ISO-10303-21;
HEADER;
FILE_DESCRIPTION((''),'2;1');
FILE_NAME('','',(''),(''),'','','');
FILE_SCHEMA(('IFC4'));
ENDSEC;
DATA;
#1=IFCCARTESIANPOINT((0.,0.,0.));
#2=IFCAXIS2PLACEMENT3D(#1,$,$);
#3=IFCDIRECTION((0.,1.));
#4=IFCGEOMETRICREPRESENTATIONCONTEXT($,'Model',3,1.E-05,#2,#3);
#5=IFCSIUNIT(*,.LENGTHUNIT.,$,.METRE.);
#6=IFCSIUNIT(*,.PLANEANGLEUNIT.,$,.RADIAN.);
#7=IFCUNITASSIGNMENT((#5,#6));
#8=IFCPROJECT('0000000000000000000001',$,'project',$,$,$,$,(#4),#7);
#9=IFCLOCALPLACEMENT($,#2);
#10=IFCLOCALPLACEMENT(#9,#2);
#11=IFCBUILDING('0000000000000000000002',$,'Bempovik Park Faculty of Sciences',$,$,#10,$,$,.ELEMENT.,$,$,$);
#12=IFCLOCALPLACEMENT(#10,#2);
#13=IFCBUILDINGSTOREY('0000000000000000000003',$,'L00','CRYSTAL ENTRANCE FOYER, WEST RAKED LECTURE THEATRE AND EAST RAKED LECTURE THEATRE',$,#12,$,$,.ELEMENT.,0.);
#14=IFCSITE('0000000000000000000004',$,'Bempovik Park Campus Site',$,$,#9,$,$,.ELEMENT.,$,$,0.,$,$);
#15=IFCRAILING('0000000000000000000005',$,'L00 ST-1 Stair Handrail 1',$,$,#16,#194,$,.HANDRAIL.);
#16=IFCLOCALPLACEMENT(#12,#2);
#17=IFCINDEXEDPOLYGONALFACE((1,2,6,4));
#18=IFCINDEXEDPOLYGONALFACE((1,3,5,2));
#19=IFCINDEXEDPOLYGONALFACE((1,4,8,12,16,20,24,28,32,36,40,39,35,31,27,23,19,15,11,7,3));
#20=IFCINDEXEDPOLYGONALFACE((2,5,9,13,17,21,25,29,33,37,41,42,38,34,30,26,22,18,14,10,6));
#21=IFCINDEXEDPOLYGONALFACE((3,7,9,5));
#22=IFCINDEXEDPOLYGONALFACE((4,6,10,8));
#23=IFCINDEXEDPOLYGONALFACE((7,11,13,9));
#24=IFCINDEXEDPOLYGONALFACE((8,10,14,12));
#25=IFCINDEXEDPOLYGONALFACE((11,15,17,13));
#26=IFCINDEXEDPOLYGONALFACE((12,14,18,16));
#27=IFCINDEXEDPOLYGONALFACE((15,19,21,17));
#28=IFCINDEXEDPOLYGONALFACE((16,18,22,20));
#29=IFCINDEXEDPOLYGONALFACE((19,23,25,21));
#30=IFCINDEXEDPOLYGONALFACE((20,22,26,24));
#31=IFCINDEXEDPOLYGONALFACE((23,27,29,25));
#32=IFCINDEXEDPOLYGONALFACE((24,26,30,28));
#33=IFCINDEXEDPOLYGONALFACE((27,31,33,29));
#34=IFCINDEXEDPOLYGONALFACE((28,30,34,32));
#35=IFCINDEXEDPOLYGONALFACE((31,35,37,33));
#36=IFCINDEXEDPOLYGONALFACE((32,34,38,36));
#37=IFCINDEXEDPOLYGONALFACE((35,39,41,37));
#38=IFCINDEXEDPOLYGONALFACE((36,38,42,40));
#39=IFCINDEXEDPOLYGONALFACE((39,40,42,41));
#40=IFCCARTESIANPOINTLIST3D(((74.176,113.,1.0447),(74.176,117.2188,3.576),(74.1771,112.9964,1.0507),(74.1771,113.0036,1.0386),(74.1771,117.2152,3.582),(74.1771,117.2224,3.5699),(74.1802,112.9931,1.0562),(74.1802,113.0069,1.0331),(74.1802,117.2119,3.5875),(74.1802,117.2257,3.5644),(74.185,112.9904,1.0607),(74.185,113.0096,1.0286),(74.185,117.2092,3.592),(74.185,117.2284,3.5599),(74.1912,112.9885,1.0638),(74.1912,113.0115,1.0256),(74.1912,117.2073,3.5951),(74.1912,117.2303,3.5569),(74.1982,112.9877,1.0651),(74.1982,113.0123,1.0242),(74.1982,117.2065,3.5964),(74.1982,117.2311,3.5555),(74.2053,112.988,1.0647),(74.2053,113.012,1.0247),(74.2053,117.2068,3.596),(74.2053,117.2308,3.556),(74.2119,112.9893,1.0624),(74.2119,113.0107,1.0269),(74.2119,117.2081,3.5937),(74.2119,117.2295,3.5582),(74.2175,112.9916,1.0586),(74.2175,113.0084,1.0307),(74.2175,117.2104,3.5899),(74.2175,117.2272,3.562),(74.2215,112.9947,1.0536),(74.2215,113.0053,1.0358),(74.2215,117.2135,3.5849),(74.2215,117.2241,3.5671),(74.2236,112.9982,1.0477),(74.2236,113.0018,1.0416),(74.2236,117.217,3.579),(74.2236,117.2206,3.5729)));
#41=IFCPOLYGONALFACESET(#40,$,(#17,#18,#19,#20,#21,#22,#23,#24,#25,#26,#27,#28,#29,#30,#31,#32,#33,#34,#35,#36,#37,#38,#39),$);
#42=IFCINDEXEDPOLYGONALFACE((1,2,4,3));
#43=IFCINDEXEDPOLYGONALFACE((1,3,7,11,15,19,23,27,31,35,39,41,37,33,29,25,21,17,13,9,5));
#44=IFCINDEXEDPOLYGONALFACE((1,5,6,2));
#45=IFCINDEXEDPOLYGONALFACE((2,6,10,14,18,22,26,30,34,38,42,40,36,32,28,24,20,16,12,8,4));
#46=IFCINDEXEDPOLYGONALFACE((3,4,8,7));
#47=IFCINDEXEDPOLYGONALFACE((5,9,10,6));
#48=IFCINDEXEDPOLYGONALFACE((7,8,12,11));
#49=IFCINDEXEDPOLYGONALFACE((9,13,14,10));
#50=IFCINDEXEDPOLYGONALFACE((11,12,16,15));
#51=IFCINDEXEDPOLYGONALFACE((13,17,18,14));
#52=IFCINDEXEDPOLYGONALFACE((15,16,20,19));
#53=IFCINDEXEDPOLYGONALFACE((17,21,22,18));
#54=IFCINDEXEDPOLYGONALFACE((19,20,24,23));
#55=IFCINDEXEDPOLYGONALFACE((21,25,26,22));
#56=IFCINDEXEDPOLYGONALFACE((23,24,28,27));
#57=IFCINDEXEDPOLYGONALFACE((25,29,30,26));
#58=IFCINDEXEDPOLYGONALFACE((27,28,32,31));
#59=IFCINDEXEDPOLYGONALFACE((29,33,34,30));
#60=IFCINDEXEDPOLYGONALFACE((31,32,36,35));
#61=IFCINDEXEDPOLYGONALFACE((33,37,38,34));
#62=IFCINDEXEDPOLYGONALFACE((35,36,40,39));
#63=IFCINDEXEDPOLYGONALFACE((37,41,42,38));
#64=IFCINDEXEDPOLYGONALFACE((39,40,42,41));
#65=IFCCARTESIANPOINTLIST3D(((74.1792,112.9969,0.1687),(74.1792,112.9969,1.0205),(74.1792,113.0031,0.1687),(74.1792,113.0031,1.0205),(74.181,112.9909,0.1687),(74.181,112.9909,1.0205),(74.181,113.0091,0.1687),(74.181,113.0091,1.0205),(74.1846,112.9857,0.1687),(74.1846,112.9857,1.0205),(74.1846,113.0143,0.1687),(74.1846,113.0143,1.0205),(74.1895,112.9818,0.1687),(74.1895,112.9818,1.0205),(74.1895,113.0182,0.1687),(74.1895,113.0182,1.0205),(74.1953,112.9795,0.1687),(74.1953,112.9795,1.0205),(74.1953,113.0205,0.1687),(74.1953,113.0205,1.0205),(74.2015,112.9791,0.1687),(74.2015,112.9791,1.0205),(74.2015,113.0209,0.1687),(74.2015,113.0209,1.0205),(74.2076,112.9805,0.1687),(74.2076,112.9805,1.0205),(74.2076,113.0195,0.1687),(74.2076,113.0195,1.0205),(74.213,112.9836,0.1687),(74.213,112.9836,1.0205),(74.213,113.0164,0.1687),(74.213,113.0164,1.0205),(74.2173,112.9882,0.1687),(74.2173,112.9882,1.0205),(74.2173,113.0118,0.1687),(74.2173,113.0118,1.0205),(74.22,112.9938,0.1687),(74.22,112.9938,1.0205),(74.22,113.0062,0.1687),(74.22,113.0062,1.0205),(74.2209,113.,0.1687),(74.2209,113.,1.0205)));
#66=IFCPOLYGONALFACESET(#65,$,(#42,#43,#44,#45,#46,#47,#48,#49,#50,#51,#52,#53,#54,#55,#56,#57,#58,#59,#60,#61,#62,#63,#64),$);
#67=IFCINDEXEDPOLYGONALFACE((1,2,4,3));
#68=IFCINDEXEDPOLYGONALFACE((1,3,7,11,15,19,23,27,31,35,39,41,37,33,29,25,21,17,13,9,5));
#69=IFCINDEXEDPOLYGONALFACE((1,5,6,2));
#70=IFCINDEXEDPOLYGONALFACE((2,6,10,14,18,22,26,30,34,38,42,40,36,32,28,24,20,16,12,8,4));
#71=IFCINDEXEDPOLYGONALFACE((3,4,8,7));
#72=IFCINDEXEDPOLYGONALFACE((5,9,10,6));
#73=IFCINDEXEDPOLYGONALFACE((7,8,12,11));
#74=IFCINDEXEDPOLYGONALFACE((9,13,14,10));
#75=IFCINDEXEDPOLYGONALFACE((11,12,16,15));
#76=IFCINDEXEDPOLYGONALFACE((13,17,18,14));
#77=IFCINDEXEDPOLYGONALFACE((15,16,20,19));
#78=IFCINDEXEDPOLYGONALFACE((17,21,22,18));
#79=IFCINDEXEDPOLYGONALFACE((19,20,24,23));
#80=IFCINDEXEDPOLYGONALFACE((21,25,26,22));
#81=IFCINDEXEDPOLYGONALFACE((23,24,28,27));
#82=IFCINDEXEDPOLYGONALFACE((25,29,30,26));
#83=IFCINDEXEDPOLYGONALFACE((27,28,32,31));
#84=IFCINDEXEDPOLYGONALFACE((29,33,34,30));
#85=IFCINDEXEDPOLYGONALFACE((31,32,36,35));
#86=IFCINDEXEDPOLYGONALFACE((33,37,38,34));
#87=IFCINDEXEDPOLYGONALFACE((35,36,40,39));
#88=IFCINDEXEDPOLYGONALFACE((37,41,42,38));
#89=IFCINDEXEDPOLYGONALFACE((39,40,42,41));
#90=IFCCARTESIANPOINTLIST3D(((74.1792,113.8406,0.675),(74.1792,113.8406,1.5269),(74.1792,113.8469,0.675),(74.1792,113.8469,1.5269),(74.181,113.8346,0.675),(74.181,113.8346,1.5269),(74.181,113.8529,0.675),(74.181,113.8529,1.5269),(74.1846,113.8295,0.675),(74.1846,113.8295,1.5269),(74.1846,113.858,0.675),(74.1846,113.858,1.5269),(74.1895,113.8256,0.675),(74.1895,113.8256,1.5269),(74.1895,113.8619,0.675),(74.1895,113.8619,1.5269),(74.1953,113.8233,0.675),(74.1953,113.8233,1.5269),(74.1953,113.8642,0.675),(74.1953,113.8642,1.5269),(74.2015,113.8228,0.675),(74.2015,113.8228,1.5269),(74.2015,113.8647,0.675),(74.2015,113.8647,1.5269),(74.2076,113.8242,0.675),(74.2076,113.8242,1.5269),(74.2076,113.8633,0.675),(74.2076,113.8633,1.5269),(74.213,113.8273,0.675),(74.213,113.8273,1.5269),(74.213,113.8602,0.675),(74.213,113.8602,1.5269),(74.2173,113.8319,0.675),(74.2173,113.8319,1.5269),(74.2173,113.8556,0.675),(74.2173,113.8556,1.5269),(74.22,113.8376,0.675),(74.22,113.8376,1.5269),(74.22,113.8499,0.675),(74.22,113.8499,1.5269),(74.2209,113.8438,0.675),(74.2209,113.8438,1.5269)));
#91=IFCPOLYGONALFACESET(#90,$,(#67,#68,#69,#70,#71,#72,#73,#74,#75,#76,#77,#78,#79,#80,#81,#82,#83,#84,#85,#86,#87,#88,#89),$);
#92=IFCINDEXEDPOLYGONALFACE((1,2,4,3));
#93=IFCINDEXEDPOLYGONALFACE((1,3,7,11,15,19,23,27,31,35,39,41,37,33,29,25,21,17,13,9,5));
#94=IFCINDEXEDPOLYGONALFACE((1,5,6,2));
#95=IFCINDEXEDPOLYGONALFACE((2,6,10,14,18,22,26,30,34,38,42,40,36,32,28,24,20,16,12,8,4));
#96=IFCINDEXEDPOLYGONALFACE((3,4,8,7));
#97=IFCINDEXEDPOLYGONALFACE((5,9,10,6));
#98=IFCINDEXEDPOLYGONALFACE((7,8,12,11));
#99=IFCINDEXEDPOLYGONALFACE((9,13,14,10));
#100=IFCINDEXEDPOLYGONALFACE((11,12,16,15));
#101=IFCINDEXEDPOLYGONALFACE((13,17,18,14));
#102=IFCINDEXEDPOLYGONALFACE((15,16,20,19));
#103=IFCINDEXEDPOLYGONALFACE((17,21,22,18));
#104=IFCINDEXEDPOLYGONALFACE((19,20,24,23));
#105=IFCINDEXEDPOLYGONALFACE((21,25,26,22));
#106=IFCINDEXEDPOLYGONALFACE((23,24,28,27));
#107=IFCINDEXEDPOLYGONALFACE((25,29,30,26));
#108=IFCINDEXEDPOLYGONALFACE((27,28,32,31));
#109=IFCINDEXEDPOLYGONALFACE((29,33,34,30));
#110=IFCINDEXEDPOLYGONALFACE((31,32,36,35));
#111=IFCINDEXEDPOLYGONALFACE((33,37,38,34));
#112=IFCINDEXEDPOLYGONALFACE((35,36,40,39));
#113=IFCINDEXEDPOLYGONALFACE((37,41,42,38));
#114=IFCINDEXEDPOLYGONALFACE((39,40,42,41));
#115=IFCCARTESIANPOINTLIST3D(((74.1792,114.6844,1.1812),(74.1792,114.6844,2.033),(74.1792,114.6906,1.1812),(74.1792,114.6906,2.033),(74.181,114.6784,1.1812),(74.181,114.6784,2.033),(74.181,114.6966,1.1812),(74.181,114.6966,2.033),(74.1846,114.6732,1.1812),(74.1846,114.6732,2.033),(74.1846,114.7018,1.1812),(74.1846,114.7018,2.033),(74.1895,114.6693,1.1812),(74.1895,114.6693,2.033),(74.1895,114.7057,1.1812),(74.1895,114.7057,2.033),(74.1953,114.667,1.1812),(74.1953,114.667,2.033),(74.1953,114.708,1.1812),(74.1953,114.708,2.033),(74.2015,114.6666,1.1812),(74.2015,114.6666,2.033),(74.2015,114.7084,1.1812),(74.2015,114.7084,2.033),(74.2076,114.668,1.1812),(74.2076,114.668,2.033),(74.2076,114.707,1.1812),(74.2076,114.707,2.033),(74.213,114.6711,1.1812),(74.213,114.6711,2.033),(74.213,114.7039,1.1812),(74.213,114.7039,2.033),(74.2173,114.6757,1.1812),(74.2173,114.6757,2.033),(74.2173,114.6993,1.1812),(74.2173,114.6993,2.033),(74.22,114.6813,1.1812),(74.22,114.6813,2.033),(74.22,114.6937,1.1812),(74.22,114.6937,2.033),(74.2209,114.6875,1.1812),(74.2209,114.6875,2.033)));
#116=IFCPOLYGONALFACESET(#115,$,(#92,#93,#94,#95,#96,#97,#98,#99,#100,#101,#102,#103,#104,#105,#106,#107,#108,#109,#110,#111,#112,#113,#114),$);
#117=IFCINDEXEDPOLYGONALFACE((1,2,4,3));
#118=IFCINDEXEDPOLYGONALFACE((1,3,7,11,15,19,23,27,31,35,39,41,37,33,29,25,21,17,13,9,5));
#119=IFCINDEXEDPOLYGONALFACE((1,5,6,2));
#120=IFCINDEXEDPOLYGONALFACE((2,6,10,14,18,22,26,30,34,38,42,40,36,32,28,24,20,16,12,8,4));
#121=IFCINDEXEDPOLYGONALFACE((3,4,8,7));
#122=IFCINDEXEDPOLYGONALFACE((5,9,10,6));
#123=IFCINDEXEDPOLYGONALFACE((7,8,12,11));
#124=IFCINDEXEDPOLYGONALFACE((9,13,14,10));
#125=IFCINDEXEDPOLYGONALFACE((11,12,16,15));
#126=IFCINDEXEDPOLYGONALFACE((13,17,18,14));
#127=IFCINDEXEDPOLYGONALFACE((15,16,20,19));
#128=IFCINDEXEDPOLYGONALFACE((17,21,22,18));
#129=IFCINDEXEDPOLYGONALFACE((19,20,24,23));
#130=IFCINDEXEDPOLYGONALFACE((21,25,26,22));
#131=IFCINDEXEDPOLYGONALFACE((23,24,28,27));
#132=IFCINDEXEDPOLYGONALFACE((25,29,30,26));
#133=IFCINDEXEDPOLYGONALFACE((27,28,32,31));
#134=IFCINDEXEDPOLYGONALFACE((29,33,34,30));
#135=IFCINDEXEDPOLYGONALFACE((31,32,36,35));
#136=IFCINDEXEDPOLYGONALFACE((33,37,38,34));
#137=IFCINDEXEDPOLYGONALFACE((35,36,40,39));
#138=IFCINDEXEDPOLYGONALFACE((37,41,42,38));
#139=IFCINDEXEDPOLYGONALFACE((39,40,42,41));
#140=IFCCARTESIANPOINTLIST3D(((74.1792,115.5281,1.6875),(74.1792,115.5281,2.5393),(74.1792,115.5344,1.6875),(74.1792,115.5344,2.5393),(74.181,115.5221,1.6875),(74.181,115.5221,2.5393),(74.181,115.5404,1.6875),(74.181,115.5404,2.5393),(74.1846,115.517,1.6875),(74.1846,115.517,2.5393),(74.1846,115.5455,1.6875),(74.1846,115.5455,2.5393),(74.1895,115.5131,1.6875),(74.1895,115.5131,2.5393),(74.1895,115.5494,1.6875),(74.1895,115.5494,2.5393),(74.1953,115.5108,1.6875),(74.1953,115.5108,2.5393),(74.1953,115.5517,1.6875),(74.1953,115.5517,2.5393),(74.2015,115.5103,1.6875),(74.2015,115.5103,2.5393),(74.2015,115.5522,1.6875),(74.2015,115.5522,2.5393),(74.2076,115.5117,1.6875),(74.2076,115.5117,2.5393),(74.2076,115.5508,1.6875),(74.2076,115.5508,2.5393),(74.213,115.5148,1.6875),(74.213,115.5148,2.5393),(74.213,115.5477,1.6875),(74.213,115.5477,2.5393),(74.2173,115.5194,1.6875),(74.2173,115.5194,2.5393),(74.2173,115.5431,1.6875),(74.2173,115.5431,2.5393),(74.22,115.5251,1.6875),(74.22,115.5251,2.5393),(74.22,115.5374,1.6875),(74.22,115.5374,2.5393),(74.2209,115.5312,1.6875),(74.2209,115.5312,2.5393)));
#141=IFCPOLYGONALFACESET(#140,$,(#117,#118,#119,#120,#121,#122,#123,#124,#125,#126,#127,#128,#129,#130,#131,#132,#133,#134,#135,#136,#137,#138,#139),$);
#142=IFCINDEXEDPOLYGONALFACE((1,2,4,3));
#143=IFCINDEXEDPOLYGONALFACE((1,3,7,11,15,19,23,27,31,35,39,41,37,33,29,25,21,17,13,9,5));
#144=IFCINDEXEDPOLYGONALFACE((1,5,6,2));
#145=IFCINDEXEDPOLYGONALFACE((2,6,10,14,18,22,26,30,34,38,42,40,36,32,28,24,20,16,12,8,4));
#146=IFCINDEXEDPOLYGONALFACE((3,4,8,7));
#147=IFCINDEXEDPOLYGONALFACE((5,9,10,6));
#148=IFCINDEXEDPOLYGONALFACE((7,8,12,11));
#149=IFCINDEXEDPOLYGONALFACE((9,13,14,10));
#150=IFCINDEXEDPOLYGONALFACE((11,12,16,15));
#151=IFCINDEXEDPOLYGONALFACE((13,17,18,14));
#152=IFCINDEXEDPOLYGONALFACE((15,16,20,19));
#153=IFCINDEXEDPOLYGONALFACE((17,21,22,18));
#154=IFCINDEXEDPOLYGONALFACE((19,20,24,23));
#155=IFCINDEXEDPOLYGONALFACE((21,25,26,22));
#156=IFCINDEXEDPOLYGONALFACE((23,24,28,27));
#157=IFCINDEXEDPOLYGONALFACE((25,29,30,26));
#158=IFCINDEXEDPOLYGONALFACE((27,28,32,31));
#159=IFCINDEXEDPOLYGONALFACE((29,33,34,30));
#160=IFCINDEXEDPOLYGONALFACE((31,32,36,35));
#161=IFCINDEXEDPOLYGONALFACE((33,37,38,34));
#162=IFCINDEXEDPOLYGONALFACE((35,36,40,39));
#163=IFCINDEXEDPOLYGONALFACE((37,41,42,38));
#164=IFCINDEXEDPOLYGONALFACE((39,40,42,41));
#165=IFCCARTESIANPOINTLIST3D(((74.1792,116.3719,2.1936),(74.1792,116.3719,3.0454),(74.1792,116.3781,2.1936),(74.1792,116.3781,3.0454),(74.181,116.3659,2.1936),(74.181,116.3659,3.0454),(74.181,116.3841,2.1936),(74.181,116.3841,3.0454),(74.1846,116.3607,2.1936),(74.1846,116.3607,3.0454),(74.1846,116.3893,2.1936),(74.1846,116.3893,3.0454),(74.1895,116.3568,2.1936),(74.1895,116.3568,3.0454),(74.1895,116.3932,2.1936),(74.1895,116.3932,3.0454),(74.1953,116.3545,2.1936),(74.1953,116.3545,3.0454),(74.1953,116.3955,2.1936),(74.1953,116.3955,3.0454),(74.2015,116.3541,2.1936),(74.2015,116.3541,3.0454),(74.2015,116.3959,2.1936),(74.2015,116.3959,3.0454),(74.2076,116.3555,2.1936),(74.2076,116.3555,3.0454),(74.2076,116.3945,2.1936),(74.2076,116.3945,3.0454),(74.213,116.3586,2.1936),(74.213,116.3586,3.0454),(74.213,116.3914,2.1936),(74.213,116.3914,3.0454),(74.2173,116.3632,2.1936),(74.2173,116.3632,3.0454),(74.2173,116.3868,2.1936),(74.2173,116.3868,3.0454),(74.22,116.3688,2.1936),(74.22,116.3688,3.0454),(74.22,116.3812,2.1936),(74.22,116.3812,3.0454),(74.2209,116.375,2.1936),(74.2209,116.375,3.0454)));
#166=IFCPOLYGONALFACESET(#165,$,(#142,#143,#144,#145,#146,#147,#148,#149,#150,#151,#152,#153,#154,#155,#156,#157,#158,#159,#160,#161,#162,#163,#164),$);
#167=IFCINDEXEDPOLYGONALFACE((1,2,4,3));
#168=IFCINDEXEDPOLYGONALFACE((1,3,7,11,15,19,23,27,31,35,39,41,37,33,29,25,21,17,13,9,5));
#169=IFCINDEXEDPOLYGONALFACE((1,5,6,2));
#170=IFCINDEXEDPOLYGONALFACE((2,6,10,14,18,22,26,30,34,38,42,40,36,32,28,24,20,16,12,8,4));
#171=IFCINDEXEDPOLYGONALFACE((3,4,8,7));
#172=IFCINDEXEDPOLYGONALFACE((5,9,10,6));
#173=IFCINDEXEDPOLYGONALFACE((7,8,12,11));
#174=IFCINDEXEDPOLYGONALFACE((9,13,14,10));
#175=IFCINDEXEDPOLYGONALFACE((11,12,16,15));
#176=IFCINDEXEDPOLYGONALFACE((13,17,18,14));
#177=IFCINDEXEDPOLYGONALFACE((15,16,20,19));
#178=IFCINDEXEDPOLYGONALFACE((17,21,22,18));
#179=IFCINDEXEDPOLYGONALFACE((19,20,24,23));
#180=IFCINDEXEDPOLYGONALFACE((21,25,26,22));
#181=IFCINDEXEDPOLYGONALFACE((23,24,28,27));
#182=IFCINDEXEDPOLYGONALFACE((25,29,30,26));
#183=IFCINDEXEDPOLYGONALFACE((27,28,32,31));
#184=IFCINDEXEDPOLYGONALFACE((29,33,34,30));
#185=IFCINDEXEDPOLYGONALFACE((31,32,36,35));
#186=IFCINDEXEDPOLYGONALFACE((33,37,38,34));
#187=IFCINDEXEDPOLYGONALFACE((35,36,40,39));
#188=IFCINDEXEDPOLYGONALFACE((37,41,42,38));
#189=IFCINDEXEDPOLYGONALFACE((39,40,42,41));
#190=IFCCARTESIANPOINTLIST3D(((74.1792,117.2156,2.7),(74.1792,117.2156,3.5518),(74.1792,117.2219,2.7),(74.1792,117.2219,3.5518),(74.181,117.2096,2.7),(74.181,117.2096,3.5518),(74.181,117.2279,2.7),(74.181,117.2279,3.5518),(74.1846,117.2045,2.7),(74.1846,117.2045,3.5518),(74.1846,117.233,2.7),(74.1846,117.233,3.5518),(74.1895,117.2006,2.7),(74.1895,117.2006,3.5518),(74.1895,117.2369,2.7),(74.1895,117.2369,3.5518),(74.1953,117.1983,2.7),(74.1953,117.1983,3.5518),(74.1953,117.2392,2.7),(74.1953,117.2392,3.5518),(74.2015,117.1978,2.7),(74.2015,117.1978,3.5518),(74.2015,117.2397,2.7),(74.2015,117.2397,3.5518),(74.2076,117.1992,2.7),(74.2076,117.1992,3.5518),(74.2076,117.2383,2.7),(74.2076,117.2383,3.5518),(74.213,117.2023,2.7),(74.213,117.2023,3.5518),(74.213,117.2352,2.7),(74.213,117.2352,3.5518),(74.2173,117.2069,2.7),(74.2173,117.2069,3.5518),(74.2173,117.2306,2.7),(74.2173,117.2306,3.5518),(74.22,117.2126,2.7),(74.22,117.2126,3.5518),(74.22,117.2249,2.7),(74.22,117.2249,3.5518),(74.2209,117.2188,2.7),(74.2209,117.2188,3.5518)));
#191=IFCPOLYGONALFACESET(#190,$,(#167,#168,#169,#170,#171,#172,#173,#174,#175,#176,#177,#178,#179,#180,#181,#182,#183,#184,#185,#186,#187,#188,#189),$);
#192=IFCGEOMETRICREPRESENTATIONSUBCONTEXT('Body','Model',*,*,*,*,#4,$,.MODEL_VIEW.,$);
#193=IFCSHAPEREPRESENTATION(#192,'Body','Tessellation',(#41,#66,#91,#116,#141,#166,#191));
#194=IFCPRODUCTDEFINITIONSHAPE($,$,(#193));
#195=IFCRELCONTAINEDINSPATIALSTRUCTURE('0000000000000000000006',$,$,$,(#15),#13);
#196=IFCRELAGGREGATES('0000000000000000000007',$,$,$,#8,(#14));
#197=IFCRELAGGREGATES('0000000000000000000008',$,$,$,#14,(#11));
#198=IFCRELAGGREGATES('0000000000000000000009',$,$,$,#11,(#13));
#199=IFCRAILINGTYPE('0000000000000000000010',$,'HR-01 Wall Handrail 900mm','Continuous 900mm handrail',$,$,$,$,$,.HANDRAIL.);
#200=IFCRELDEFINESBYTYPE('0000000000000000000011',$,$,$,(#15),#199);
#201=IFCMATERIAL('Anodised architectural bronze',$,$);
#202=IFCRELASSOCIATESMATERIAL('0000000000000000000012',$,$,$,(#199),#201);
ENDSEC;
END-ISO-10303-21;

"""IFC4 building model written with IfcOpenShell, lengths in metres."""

from ifc_helpers import new_model, si_unit, direction, frame, origin, origin_2d, place, context, subcontext, project, spatial, circle, extrude, material, type_object, element, save


model = new_model("IFC4")

# Units and contexts
model_context = context("Model", 3, precision=1e-05, world=origin(), true_north=direction((0.0, 1.0)))
body_context = subcontext(model_context, "Body", "Model", "MODEL_VIEW")
ifc_project = project(units=[si_unit("LENGTHUNIT", "METRE"), si_unit("PLANEANGLEUNIT", "RADIAN")], contexts=[model_context])

# Site, building, storey
site_placement = place(None, origin())
site = spatial("IfcSite", under=ifc_project, at=site_placement, Name="Bempovik Park Campus Site", CompositionType="ELEMENT", RefElevation=0.0)
building_placement = place(site_placement, origin())
building = spatial("IfcBuilding", under=site, at=building_placement, Name="Bempovik Park Faculty of Sciences", CompositionType="ELEMENT")
storey_placement = place(building_placement, origin())
storey = spatial("IfcBuildingStorey", under=building, at=storey_placement, Name="L00", Description="CRYSTAL ENTRANCE FOYER, WEST RAKED LECTURE THEATRE AND EAST RAKED LECTURE THEATRE", CompositionType="ELEMENT", Elevation=0.0)

# Railing
ifc_material_1 = material(Name="Anodised architectural bronze")
railing_type_1 = type_object("IfcRailingType", Name="HR-01 Wall Handrail 900mm", Description="Continuous 900mm handrail", PredefinedType="HANDRAIL", material=ifc_material_1)
railing_1_placement = place(storey_placement, frame((74.2, 113.0, 0.1687)))
element("IfcRailing", 1, at=railing_1_placement, inside=storey, type_object=railing_type_1, Name="L00 ST-1 Stair Handrail 1", PredefinedType="HANDRAIL", context=body_context, shape_type="SweptSolid", body=[
    extrude(circle(Radius=0.0239, at=origin_2d()), frame((0.0, 0.0, 0.876), z_axis=(0.0, 0.857493, 0.514496), x_axis=(-1.0, 0.0, 0.0)), (0.0, 0.0, 1.0), 4.9199),
    extrude(circle(Radius=0.021, at=origin_2d()), origin(), (0.0, 0.0, 1.0), 0.8518),
    extrude(circle(Radius=0.021, at=origin_2d()), frame((0.0, 0.8438, 0.5063)), (0.0, 0.0, 1.0), 0.8518),
    extrude(circle(Radius=0.021, at=origin_2d()), frame((0.0, 1.6875, 1.0125)), (0.0, 0.0, 1.0), 0.8518),
    extrude(circle(Radius=0.021, at=origin_2d()), frame((0.0, 2.5312, 1.5188)), (0.0, 0.0, 1.0), 0.8518),
    extrude(circle(Radius=0.021, at=origin_2d()), frame((0.0, 3.375, 2.0249)), (0.0, 0.0, 1.0), 0.8518),
    extrude(circle(Radius=0.021, at=origin_2d()), frame((0.0, 4.2188, 2.5312)), (0.0, 0.0, 1.0), 0.8518),
])

save(model, "model.ifc")
